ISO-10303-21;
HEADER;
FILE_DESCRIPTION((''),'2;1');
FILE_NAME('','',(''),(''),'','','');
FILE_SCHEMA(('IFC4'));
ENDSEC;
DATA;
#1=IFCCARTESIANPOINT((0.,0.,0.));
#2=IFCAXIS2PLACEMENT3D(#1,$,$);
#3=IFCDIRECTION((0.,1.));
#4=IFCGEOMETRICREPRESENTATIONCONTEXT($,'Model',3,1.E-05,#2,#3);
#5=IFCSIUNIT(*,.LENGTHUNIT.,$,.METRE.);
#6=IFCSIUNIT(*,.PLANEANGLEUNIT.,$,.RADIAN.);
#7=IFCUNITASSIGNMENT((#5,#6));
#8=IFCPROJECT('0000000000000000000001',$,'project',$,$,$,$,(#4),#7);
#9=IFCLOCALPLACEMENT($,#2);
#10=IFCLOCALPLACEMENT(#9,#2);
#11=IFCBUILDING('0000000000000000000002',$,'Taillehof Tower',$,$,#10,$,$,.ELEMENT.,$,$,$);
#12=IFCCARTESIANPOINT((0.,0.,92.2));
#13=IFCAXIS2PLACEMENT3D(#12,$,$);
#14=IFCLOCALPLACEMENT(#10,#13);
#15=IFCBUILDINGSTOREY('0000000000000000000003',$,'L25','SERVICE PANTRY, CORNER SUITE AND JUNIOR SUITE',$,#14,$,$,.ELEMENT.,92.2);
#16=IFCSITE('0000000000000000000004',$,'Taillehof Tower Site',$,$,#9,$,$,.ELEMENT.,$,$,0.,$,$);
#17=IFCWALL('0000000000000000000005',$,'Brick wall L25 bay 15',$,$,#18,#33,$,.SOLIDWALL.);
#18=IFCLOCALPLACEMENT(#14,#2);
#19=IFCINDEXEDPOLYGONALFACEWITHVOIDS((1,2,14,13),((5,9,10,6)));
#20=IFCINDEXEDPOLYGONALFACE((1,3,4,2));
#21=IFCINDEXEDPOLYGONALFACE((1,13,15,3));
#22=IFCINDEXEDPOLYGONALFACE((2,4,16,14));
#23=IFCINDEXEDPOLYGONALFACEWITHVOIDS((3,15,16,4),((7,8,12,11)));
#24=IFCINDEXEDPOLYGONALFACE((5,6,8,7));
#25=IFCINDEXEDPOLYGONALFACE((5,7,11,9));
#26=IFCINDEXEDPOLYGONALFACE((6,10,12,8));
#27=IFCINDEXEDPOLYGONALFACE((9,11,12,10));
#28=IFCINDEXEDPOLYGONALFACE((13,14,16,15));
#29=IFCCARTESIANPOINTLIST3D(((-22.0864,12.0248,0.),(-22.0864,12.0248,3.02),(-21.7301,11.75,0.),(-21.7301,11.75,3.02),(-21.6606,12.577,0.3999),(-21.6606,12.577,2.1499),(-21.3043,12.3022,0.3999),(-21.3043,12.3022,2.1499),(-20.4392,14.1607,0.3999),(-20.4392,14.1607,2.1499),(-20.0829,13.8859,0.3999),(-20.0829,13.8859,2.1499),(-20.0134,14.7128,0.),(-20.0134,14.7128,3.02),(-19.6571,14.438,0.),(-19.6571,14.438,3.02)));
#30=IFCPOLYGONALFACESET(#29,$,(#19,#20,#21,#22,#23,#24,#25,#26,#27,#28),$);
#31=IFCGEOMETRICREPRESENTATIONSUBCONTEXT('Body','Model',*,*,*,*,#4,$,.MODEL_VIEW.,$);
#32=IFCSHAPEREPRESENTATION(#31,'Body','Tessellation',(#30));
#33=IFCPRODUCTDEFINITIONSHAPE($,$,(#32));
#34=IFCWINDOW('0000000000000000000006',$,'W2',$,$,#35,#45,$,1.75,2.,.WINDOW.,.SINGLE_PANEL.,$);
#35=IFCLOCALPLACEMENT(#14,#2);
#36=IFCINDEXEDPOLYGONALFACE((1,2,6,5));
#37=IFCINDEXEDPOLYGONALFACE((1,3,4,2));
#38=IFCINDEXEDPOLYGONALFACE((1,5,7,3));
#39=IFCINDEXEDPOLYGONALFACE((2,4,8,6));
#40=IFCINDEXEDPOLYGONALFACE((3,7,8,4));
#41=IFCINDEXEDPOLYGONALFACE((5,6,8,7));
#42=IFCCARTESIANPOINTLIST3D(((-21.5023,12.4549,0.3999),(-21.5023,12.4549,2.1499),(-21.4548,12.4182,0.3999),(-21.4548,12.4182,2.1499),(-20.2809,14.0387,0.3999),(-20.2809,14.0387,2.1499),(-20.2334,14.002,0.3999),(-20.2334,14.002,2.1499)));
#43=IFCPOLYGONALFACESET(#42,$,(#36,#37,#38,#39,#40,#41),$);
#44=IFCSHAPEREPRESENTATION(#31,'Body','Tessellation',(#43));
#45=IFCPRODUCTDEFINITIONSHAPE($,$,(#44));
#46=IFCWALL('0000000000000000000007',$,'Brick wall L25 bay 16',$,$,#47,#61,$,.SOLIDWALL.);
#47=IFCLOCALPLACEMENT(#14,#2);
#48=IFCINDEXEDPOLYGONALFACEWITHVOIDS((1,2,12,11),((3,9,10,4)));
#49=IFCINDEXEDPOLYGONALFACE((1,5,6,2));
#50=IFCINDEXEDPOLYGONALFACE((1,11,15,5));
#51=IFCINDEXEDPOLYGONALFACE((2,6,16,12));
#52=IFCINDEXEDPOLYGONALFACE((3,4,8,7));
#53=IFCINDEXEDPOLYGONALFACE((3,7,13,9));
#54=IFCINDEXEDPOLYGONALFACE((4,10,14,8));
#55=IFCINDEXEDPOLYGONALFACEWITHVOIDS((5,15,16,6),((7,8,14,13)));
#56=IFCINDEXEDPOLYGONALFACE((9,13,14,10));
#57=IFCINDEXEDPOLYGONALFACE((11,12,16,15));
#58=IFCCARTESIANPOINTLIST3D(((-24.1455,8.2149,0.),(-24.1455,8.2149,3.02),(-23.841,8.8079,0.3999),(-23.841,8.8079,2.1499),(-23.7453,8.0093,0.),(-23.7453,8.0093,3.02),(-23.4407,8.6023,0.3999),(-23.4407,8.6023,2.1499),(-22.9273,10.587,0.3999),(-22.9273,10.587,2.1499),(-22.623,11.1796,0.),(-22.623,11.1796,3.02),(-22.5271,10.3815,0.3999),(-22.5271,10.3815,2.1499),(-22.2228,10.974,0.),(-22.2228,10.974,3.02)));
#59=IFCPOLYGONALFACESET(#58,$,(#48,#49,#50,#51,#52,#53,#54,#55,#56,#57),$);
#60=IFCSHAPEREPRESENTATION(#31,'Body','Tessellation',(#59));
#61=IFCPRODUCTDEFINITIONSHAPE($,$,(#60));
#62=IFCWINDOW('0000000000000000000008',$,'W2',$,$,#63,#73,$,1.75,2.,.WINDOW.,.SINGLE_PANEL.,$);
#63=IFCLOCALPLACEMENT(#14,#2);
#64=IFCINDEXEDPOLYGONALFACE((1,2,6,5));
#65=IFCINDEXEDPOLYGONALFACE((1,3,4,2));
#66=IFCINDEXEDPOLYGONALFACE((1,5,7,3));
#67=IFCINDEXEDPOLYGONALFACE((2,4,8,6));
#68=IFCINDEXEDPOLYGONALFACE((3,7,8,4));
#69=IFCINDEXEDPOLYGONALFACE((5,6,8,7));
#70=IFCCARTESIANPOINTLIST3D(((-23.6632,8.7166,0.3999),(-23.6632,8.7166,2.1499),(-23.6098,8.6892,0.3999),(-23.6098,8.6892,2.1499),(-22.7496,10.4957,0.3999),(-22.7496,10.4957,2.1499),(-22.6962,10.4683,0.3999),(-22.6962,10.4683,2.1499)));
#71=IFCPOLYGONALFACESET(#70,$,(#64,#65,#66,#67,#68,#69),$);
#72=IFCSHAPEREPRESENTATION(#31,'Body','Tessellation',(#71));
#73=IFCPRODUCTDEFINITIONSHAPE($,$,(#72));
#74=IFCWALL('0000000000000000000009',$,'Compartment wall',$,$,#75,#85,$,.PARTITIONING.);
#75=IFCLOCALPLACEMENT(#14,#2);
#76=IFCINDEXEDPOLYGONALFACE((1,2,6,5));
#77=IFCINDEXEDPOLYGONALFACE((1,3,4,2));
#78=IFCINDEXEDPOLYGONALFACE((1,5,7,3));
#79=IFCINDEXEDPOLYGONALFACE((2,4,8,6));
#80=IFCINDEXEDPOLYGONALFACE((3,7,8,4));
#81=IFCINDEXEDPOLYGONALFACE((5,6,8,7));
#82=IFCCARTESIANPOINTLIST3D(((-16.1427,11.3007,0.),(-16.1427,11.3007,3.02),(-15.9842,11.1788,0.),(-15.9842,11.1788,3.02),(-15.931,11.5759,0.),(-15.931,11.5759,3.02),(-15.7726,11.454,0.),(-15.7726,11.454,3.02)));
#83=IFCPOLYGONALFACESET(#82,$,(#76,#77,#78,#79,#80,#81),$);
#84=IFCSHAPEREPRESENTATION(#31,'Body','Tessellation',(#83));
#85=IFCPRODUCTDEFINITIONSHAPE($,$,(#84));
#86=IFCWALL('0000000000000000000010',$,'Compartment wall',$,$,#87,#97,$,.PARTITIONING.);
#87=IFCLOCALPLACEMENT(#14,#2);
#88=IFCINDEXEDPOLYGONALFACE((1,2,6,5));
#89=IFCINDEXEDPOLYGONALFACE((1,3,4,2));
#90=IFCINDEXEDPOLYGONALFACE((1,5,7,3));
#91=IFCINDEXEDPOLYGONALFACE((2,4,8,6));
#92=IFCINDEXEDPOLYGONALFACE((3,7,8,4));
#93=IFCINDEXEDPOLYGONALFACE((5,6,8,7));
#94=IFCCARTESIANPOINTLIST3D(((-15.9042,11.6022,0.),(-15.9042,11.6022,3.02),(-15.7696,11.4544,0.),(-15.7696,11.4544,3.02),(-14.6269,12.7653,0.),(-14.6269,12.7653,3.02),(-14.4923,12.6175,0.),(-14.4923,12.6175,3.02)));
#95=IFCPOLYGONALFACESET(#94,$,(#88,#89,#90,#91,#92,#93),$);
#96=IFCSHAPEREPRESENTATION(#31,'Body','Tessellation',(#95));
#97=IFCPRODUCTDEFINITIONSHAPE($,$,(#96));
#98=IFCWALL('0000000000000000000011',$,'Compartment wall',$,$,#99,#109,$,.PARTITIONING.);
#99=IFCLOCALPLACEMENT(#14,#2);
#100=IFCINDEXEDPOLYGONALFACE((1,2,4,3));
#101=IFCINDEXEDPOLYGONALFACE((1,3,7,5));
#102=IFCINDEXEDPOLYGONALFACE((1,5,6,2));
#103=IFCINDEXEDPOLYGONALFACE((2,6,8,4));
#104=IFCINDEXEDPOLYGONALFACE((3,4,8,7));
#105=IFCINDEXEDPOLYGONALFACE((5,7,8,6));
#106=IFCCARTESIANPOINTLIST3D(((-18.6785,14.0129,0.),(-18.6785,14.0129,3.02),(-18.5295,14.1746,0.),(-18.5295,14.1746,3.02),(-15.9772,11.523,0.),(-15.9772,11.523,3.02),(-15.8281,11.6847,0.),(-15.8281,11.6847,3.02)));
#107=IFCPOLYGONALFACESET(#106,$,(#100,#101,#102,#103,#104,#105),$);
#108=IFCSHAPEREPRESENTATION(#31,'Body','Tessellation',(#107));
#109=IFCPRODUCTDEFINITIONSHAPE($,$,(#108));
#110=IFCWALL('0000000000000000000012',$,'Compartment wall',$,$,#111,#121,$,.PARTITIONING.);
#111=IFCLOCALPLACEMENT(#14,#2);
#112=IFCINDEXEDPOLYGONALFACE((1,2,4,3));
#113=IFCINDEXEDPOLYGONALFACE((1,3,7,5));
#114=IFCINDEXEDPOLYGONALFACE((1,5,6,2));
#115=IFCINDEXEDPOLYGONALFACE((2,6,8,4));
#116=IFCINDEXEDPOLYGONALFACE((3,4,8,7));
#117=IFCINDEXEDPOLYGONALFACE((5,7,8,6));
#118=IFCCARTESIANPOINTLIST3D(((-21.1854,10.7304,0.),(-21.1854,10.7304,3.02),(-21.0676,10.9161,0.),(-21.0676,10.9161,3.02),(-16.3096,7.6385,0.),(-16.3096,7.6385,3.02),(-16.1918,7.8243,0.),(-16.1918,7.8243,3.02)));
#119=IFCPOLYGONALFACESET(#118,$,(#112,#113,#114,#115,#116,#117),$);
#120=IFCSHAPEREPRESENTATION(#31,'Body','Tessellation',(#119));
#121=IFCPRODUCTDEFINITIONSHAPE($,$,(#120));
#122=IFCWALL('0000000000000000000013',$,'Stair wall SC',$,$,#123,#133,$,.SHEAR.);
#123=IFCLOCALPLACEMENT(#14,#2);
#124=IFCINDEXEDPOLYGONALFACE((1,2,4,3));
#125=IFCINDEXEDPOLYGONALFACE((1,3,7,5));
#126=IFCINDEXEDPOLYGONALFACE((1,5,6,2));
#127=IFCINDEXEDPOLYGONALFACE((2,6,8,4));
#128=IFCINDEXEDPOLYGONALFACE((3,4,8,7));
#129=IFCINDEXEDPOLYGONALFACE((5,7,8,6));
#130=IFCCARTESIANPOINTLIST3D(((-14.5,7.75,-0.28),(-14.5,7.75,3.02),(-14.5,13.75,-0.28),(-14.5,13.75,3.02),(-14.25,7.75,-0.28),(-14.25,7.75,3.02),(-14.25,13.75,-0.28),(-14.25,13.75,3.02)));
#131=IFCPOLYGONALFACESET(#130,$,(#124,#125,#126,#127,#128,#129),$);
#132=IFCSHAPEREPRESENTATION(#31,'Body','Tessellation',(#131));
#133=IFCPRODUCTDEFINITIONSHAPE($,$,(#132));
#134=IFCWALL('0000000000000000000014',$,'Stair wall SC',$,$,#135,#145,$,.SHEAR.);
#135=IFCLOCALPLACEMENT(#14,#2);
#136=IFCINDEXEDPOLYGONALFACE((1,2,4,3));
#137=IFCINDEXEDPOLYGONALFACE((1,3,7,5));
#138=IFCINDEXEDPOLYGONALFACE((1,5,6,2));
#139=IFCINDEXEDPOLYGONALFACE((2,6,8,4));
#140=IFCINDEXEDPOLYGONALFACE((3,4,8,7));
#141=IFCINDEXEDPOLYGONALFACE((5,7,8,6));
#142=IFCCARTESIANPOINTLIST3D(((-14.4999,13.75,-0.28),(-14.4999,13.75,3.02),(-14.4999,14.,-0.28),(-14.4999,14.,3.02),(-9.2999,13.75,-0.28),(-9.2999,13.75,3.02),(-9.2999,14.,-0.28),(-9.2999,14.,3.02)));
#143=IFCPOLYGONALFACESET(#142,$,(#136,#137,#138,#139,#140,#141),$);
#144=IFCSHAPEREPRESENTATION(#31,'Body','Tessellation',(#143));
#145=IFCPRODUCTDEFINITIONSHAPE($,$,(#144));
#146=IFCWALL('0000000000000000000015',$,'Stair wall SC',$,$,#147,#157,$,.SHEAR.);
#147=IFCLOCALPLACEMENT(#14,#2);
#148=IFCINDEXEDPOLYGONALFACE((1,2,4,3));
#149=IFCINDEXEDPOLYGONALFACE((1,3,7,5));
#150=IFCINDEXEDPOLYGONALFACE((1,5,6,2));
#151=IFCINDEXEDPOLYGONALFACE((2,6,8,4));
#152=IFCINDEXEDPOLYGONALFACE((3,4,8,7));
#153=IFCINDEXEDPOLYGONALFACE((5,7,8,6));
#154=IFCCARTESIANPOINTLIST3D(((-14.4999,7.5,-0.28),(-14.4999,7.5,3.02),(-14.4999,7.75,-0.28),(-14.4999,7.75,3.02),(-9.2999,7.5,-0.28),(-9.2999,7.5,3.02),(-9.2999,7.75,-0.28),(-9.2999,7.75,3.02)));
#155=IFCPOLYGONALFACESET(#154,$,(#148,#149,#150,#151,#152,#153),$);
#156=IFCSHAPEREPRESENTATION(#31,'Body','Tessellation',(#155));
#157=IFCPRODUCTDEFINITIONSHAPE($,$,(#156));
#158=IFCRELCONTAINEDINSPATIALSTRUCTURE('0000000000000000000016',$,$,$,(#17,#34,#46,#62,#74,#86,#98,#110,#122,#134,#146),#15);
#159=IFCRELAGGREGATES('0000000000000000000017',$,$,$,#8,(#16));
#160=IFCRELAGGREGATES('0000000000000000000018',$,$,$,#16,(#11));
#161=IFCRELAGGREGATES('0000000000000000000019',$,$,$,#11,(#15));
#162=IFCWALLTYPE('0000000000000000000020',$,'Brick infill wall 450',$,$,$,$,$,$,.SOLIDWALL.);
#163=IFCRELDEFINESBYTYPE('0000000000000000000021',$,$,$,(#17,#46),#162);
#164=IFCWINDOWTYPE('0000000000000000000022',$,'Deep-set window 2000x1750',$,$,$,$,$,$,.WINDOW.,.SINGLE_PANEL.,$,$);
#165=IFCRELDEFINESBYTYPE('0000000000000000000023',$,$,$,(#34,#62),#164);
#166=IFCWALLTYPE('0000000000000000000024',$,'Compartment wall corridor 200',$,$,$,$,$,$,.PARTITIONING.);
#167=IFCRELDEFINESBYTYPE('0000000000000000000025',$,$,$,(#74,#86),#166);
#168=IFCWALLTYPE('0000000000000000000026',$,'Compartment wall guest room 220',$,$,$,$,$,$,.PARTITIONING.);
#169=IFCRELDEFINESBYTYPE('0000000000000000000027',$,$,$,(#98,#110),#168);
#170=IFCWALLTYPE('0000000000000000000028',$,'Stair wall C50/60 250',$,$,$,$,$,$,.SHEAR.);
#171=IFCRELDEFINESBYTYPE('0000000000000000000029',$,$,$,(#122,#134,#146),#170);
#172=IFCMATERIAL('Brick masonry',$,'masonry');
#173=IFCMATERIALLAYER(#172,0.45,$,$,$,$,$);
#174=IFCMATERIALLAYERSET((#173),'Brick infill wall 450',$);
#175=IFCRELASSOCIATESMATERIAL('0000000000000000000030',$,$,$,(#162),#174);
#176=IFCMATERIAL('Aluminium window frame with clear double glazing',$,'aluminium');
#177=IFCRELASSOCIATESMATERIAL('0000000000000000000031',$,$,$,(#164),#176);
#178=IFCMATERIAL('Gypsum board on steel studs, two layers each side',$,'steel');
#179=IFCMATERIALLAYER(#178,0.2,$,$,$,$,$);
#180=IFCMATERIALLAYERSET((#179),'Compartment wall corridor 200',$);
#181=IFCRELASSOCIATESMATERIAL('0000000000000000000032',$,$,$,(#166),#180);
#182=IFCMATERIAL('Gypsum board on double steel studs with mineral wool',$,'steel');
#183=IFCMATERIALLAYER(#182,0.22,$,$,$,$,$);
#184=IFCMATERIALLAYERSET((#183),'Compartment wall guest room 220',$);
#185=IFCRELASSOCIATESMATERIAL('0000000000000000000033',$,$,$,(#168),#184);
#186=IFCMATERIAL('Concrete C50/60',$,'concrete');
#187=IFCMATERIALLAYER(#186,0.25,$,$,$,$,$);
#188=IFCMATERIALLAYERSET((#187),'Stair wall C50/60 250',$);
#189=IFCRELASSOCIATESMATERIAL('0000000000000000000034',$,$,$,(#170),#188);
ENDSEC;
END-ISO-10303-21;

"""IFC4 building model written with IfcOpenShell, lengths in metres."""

from ifc_helpers import new_model, si_unit, direction, frame, frame_2d, origin, place, context, subcontext, project, spatial, rectangle, extrude, material, layer, layer_set, type_object, element, fill, save


model = new_model("IFC4")

# Units and contexts
model_context = context("Model", 3, precision=1e-05, world=origin(), true_north=direction((0.0, 1.0)))
body_context = subcontext(model_context, "Body", "Model", "MODEL_VIEW")
ifc_project = project(units=[si_unit("LENGTHUNIT", "METRE"), si_unit("PLANEANGLEUNIT", "RADIAN")], contexts=[model_context])

# Site, building, storey
site_placement = place(None, origin())
site = spatial("IfcSite", under=ifc_project, at=site_placement, Name="Taillehof Tower Site", CompositionType="ELEMENT", RefElevation=0.0)
building_placement = place(site_placement, origin())
building = spatial("IfcBuilding", under=site, at=building_placement, Name="Taillehof Tower", CompositionType="ELEMENT")
storey_placement = place(building_placement, frame((0.0, 0.0, 92.2)))
storey = spatial("IfcBuildingStorey", under=building, at=storey_placement, Name="L25", Description="SERVICE PANTRY, CORNER SUITE AND JUNIOR SUITE", CompositionType="ELEMENT", Elevation=92.2)

# Walls, openings, windows
ifc_material_1 = material(Name="Brick masonry", Category="masonry")
ifc_layer_1 = layer(ifc_material_1, 0.45)
ifc_layer_set_1 = layer_set([ifc_layer_1], Name="Brick infill wall 450")
wall_type_1 = type_object("IfcWallType", Name="Brick infill wall 450", PredefinedType="SOLIDWALL", material=ifc_layer_set_1)
ifc_material_2 = material(Name="Aluminium window frame with clear double glazing", Category="aluminium")
window_type = type_object("IfcWindowType", Name="Deep-set window 2000x1750", PartitioningType="SINGLE_PANEL", PredefinedType="WINDOW", material=ifc_material_2)
wall_1_placement = place(storey_placement, frame((-19.8352, 14.5754, 0.0), z_axis=(0.0, 0.0, 1.0), x_axis=(-0.610694, -0.791867, 0.0)))
wall_1 = element("IfcWall", 1, at=wall_1_placement, inside=storey, type_object=wall_type_1, Name="Brick wall L25 bay 15", PredefinedType="SOLIDWALL", context=body_context, shape_type="SweptSolid", body=[
    extrude(rectangle(XDim=3.3945, YDim=0.45, at=frame_2d((1.6973, 0.0))), origin(), (0.0, 0.0, 1.0), 3.02),
])
opening_1_placement = place(wall_1_placement, frame((0.6973, 0.0, 0.3999)))
opening_1 = element("IfcOpeningElement", 2, at=opening_1_placement, cuts=wall_1, PredefinedType="OPENING", context=body_context, shape_type="SweptSolid", body=[
    extrude(rectangle(XDim=2.0, YDim=1.75, at=frame_2d((1.0, 0.875))), frame((0.0, 0.2349, 0.0), z_axis=(0.0, -1.0, 0.0), x_axis=(1.0, 0.0, 0.0)), (0.0, 0.0, 1.0), 0.47),
])
window_1_placement = place(opening_1_placement, origin())
window_1 = element("IfcWindow", 3, at=window_1_placement, inside=storey, type_object=window_type, Name="W2", OverallHeight=1.75, OverallWidth=2.0, PartitioningType="SINGLE_PANEL", PredefinedType="WINDOW", context=body_context, shape_type="SweptSolid", body=[
    extrude(rectangle(XDim=2.0, YDim=1.75, at=frame_2d((1.0, 0.875))), frame((0.0, 0.0349, 0.0), z_axis=(0.0, -1.0, 0.0), x_axis=(1.0, 0.0, 0.0)), (0.0, 0.0, 1.0), 0.0601),
])
fill(opening_1, window_1)
wall_2_placement = place(storey_placement, frame((-22.4229, 11.0769, 0.0), z_axis=(0.0, 0.0, 1.0), x_axis=(-0.456828, -0.889555, 0.0)))
wall_2 = element("IfcWall", 4, at=wall_2_placement, inside=storey, type_object=wall_type_1, Name="Brick wall L25 bay 16", PredefinedType="SOLIDWALL", context=body_context, shape_type="SweptSolid", body=[
    extrude(rectangle(XDim=3.3328, YDim=0.45, at=frame_2d((1.6665, 0.0))), origin(), (0.0, 0.0, 1.0), 3.02),
])
opening_2_placement = place(wall_2_placement, frame((0.6663, 0.0, 0.3999)))
opening_2 = element("IfcOpeningElement", 5, at=opening_2_placement, cuts=wall_2, PredefinedType="OPENING", context=body_context, shape_type="SweptSolid", body=[
    extrude(rectangle(XDim=2.0, YDim=1.75, at=frame_2d((1.0, 0.875))), frame((0.0, 0.2349, 0.0), z_axis=(0.0, -1.0, 0.0), x_axis=(1.0, 0.0, 0.0)), (0.0, 0.0, 1.0), 0.47),
])
window_2_placement = place(opening_2_placement, origin())
window_2 = element("IfcWindow", 6, at=window_2_placement, inside=storey, type_object=window_type, Name="W2", OverallHeight=1.75, OverallWidth=2.0, PartitioningType="SINGLE_PANEL", PredefinedType="WINDOW", context=body_context, shape_type="SweptSolid", body=[
    extrude(rectangle(XDim=2.0, YDim=1.75, at=frame_2d((1.0, 0.875))), frame((0.0, 0.0349, 0.0), z_axis=(0.0, -1.0, 0.0), x_axis=(1.0, 0.0, 0.0)), (0.0, 0.0, 1.0), 0.0601),
])
fill(opening_2, window_2)

# Walls
ifc_material_3 = material(Name="Gypsum board on steel studs, two layers each side", Category="steel")
ifc_layer_2 = layer(ifc_material_3, 0.2)
ifc_layer_set_2 = layer_set([ifc_layer_2], Name="Compartment wall corridor 200")
wall_type_2 = type_object("IfcWallType", Name="Compartment wall corridor 200", PredefinedType="PARTITIONING", material=ifc_layer_set_2)
wall_3_placement = place(storey_placement, frame((-16.0635, 11.2397, 0.0), z_axis=(0.0, 0.0, 1.0), x_axis=(0.609745, 0.792598, 0.0)))
element("IfcWall", 7, at=wall_3_placement, inside=storey, type_object=wall_type_2, Name="Compartment wall", PredefinedType="PARTITIONING", context=body_context, shape_type="SweptSolid", body=[
    extrude(rectangle(XDim=0.3472, YDim=0.2, at=frame_2d((0.1736, 0.0))), origin(), (0.0, 0.0, 1.0), 3.02),
])
wall_4_placement = place(storey_placement, frame((-15.8369, 11.5283, 0.0), z_axis=(0.0, 0.0, 1.0), x_axis=(0.739403, 0.673263, 0.0)))
element("IfcWall", 8, at=wall_4_placement, inside=storey, type_object=wall_type_2, Name="Compartment wall", PredefinedType="PARTITIONING", context=body_context, shape_type="SweptSolid", body=[
    extrude(rectangle(XDim=1.7275, YDim=0.2, at=frame_2d((0.8638, 0.0))), origin(), (0.0, 0.0, 1.0), 3.02),
])
ifc_material_4 = material(Name="Gypsum board on double steel studs with mineral wool", Category="steel")
ifc_layer_3 = layer(ifc_material_4, 0.22)
ifc_layer_set_3 = layer_set([ifc_layer_3], Name="Compartment wall guest room 220")
wall_type_3 = type_object("IfcWallType", Name="Compartment wall guest room 220", PredefinedType="PARTITIONING", material=ifc_layer_set_3)
wall_5_placement = place(storey_placement, frame((-18.604, 14.0938, 0.0), z_axis=(0.0, 0.0, 1.0), x_axis=(0.735295, -0.677747, 0.0)))
element("IfcWall", 9, at=wall_5_placement, inside=storey, type_object=wall_type_3, Name="Compartment wall", PredefinedType="PARTITIONING", context=body_context, shape_type="SweptSolid", body=[
    extrude(rectangle(XDim=3.6738, YDim=0.22, at=frame_2d((1.8369, 0.0))), origin(), (0.0, 0.0, 1.0), 3.02),
])
wall_6_placement = place(storey_placement, frame((-21.1265, 10.8232, 0.0), z_axis=(0.0, 0.0, 1.0), x_axis=(0.844519, -0.535526, 0.0)))
element("IfcWall", 10, at=wall_6_placement, inside=storey, type_object=wall_type_3, Name="Compartment wall", PredefinedType="PARTITIONING", context=body_context, shape_type="SweptSolid", body=[
    extrude(rectangle(XDim=5.7734, YDim=0.22, at=frame_2d((2.8867, 0.0))), origin(), (0.0, 0.0, 1.0), 3.02),
])
ifc_material_5 = material(Name="Concrete C50/60", Category="concrete")
ifc_layer_4 = layer(ifc_material_5, 0.25)
ifc_layer_set_4 = layer_set([ifc_layer_4], Name="Stair wall C50/60 250")
wall_type_4 = type_object("IfcWallType", Name="Stair wall C50/60 250", PredefinedType="SHEAR", material=ifc_layer_set_4)
wall_7_placement = place(storey_placement, frame((-14.375, 7.75, -0.28), z_axis=(0.0, 0.0, 1.0), x_axis=(0.0, 1.0, 0.0)))
element("IfcWall", 11, at=wall_7_placement, inside=storey, type_object=wall_type_4, Name="Stair wall SC", PredefinedType="SHEAR", context=body_context, shape_type="SweptSolid", body=[
    extrude(rectangle(XDim=6.0, YDim=0.25, at=frame_2d((3.0, 0.0))), origin(), (0.0, 0.0, 1.0), 3.3),
])
for number, where, z_axis, x_axis, name in (
    (12, (-14.5, 13.875, -0.28), (0.0, 0.0, 1.0), (1.0, 0.0, 0.0), "Stair wall SC"),
    (13, (-14.5, 7.625, -0.28), (0.0, 0.0, 1.0), (1.0, 0.0, 0.0), "Stair wall SC"),
):
    element("IfcWall", number, at=place(storey_placement, frame(where, z_axis=z_axis, x_axis=x_axis)), inside=storey, type_object=wall_type_4, Name=name, PredefinedType="SHEAR", context=body_context, shape_type="SweptSolid", body=[
        extrude(rectangle(XDim=5.2, YDim=0.25, at=frame_2d((2.6001, 0.0))), origin(), (0.0, 0.0, 1.0), 3.3),
    ])

save(model, "model.ifc")
